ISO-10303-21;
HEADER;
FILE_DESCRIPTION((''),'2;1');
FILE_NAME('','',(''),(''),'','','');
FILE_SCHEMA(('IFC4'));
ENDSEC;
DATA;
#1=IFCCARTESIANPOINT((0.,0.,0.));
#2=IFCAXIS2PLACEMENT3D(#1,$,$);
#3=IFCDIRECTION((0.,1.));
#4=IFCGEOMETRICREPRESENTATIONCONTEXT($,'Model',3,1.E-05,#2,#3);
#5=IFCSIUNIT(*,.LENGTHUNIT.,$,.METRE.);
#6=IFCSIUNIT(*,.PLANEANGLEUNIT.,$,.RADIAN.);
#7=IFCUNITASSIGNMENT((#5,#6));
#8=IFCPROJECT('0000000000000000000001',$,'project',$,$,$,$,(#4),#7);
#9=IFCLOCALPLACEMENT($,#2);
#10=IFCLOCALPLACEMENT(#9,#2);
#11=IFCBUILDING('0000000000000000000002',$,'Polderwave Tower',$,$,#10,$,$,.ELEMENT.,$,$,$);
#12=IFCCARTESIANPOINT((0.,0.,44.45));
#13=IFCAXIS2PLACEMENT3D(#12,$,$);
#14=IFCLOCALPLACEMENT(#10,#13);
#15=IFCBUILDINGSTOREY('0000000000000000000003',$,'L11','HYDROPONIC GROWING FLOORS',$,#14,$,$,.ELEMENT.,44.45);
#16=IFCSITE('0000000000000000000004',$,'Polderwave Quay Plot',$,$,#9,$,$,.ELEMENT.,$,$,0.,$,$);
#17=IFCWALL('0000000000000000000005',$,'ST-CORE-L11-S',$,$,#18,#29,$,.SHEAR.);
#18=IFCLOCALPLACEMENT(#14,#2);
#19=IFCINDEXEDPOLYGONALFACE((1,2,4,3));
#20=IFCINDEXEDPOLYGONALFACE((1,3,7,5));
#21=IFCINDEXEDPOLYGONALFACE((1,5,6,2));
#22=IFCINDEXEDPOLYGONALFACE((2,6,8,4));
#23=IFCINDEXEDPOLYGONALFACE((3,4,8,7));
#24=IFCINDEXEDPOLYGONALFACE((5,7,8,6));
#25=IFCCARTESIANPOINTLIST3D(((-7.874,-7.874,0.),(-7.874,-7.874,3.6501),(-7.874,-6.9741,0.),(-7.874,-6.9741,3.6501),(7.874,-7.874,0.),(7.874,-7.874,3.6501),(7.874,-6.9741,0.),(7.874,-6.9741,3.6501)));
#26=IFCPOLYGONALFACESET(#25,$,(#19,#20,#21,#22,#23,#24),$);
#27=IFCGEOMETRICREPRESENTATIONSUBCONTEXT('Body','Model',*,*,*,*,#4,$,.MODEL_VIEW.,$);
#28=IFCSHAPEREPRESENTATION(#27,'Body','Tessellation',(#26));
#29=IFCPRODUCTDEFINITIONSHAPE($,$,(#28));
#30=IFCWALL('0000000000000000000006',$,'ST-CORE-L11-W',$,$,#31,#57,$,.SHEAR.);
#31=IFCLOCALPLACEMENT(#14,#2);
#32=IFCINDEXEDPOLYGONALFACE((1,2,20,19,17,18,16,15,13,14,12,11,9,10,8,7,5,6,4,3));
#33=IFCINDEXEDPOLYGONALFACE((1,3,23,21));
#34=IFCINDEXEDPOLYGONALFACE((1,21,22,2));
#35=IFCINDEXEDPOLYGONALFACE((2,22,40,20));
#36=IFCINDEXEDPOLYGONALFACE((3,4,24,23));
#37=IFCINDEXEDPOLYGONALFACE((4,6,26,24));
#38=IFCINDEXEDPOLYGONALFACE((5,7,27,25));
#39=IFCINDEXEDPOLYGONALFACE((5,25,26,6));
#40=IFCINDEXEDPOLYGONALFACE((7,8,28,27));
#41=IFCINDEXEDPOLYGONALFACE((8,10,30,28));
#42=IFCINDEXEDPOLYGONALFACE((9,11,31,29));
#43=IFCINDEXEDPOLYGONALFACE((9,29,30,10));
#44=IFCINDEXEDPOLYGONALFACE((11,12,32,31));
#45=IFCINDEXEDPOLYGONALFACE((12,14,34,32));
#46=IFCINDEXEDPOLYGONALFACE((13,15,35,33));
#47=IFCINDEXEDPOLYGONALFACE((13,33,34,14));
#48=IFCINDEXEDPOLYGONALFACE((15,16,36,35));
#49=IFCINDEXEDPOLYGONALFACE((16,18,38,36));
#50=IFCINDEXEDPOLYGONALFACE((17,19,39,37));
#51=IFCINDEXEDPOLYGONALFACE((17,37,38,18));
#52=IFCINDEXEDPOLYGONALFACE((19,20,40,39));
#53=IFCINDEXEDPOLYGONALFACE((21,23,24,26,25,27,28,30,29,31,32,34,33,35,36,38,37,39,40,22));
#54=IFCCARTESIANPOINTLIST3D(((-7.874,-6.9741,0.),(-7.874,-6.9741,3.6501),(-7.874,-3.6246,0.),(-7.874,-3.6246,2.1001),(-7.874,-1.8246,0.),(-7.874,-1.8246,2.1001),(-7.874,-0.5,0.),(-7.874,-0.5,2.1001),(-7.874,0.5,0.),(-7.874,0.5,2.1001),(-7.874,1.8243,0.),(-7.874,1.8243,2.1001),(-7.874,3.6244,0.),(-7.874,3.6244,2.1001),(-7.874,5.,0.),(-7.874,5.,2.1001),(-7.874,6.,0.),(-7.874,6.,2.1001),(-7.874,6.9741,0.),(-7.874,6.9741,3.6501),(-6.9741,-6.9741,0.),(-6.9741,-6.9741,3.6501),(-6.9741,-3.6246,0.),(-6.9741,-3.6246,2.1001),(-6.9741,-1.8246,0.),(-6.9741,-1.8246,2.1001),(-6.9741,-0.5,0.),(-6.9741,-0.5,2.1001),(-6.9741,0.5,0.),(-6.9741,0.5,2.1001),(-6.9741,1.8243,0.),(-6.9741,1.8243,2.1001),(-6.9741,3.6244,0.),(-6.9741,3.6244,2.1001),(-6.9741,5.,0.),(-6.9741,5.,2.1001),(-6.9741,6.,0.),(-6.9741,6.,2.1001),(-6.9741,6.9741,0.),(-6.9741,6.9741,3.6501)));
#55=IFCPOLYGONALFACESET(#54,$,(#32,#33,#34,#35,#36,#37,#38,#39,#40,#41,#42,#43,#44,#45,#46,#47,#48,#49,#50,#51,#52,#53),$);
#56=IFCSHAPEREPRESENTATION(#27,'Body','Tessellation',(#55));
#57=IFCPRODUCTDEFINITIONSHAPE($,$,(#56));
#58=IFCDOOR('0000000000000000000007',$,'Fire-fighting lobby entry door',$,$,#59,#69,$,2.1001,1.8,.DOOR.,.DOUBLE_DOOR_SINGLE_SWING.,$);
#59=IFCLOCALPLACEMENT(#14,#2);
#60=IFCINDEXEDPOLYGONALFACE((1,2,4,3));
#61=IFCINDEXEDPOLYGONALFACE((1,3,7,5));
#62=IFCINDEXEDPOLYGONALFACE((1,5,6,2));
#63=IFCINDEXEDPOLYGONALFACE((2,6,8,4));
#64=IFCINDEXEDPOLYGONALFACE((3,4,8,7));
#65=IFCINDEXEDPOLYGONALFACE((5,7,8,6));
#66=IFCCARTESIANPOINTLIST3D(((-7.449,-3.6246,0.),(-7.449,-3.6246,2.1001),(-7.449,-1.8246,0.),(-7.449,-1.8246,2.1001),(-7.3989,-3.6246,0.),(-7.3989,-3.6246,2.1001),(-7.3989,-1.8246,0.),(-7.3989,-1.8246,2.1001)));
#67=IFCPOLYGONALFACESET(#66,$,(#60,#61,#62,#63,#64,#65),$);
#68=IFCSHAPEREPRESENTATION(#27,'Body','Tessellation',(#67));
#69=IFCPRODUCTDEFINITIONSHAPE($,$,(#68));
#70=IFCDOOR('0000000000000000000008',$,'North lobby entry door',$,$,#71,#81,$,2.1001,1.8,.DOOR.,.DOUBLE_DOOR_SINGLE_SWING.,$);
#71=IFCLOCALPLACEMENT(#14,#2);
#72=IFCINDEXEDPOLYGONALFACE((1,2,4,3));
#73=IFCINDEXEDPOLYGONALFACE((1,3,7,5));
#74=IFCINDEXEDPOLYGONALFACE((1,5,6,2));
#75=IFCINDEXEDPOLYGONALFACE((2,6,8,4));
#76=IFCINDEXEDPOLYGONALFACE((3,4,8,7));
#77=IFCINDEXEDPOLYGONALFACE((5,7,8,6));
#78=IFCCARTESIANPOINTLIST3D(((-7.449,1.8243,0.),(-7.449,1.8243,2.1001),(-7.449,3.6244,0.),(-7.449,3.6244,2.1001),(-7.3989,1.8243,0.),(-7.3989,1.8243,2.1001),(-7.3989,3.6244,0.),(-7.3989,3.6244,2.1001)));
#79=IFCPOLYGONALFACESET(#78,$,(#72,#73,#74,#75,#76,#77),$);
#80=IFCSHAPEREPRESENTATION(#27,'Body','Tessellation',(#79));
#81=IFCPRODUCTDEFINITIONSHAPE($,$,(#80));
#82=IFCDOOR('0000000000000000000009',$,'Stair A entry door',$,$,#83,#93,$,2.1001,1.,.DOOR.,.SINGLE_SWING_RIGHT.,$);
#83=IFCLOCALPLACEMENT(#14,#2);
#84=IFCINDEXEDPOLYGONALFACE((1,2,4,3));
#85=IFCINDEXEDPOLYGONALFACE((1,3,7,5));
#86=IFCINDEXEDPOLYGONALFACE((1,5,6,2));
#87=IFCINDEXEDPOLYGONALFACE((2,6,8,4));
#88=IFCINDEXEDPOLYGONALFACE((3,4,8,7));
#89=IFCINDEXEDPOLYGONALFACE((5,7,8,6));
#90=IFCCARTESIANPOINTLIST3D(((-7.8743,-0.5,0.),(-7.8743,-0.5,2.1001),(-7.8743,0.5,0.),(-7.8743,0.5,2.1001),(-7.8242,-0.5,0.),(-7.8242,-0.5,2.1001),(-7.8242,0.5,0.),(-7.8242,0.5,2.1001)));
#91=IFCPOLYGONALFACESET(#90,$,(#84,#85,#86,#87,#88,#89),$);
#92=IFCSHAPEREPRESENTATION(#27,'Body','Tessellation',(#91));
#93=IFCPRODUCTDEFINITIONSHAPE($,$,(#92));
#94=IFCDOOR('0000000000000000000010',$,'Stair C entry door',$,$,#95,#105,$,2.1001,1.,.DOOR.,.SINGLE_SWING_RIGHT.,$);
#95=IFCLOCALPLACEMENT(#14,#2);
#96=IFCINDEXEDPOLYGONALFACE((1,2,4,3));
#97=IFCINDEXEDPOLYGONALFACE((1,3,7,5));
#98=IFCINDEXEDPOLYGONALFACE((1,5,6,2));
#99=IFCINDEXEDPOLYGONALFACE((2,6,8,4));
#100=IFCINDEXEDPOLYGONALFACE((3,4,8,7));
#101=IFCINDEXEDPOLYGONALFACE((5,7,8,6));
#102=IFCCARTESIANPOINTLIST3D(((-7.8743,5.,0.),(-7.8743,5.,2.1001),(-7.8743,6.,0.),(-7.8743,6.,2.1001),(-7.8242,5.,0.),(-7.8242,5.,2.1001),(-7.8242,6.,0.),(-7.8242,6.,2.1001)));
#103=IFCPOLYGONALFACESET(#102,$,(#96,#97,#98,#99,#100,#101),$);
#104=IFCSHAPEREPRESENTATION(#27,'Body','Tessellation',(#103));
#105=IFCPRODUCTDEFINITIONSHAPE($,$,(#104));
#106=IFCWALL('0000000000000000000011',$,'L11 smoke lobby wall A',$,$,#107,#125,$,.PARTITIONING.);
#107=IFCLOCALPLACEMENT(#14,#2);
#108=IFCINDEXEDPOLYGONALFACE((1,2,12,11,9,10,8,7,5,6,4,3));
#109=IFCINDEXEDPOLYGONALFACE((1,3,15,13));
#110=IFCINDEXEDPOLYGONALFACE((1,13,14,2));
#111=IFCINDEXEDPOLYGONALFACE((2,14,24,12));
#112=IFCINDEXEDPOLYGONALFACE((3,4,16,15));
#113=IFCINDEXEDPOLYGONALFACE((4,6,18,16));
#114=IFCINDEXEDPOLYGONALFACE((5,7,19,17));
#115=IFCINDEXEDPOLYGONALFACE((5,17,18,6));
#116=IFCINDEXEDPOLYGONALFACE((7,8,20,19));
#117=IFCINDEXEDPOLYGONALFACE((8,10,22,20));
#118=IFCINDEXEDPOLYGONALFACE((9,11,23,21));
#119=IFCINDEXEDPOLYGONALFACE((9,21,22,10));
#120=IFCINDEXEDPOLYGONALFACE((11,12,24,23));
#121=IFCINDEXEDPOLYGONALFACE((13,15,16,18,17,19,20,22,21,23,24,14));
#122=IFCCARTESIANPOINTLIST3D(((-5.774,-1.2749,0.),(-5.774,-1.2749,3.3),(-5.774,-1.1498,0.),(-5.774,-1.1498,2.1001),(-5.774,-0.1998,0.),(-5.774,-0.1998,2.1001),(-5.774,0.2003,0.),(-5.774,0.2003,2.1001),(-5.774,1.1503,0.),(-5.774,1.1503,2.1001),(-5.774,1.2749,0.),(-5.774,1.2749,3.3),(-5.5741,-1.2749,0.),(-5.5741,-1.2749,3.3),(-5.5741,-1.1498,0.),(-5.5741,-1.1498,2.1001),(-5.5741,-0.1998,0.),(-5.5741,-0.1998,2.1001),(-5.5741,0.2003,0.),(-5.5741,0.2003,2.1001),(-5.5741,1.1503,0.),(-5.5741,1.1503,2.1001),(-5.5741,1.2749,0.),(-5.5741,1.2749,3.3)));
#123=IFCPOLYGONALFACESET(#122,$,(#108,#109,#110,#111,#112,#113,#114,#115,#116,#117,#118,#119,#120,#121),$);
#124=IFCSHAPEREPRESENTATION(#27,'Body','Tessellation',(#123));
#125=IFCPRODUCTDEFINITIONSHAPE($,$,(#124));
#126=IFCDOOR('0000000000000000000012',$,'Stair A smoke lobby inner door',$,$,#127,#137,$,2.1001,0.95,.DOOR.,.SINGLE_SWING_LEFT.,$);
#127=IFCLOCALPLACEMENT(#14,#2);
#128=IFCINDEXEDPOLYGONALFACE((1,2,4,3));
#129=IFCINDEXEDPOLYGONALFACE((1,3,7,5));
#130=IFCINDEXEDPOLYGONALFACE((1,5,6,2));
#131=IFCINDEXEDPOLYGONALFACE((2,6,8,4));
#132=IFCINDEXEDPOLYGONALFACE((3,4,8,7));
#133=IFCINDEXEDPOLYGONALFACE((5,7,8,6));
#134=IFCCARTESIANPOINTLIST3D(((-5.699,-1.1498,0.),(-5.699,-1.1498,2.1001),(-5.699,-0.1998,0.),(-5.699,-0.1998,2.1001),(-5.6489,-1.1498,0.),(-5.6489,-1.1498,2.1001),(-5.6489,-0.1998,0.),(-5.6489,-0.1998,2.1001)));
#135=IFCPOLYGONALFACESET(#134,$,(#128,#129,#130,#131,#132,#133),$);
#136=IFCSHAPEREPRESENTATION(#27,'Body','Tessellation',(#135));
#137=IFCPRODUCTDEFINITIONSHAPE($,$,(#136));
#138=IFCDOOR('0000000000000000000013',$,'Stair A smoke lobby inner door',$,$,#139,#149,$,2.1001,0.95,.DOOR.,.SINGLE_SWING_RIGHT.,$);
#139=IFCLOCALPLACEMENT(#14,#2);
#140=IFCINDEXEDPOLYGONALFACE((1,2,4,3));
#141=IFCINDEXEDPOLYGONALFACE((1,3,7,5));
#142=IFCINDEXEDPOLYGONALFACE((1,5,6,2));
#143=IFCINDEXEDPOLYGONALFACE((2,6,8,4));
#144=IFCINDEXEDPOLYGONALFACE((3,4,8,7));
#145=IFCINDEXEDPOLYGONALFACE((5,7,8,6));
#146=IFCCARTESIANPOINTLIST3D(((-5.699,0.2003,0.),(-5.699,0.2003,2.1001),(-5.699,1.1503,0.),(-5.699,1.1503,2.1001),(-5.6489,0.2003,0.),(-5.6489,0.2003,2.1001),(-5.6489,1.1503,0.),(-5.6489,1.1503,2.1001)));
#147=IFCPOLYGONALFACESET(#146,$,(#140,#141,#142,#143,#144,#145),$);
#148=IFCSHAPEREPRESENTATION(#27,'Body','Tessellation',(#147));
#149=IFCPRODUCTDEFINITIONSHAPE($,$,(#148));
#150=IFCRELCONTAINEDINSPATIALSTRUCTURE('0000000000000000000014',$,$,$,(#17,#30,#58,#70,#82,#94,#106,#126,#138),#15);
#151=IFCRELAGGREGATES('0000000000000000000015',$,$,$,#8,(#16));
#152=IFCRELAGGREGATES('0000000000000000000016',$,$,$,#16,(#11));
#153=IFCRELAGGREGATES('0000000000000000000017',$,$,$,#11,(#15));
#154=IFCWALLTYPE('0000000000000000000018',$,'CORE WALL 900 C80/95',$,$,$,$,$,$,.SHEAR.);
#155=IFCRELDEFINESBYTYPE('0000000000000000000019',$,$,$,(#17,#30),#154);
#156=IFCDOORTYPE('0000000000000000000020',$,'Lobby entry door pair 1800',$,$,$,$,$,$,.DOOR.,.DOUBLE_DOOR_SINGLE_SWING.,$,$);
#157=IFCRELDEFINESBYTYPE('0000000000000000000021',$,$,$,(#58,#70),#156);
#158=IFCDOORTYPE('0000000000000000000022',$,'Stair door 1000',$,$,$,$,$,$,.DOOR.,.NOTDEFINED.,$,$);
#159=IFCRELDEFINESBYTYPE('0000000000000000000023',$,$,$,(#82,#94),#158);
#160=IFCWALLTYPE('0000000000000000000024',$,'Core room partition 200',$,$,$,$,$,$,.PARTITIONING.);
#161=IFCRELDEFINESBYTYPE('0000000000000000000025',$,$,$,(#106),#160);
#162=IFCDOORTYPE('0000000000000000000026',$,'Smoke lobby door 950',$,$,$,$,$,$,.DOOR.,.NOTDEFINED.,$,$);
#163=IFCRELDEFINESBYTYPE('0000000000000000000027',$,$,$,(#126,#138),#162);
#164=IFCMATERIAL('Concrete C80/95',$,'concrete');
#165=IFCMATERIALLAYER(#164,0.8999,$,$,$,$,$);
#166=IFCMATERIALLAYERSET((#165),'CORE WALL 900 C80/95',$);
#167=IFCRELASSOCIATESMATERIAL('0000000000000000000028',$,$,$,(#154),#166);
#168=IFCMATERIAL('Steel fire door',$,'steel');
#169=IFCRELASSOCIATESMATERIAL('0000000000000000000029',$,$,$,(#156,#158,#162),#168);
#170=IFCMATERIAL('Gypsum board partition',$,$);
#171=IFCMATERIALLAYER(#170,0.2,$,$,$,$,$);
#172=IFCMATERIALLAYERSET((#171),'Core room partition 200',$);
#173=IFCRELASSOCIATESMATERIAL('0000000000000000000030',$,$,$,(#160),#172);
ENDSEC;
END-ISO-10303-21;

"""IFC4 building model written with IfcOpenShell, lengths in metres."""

from ifc_helpers import new_model, si_unit, direction, frame, frame_2d, origin, place, context, subcontext, project, spatial, rectangle, extrude, material, layer, layer_set, type_object, element, fill, save


model = new_model("IFC4")

# Units and contexts
model_context = context("Model", 3, precision=1e-05, world=origin(), true_north=direction((0.0, 1.0)))
body_context = subcontext(model_context, "Body", "Model", "MODEL_VIEW")
ifc_project = project(units=[si_unit("LENGTHUNIT", "METRE"), si_unit("PLANEANGLEUNIT", "RADIAN")], contexts=[model_context])

# Site, building, storey
site_placement = place(None, origin())
site = spatial("IfcSite", under=ifc_project, at=site_placement, Name="Polderwave Quay Plot", CompositionType="ELEMENT", RefElevation=0.0)
building_placement = place(site_placement, origin())
building = spatial("IfcBuilding", under=site, at=building_placement, Name="Polderwave Tower", CompositionType="ELEMENT")
storey_placement = place(building_placement, frame((0.0, 0.0, 44.45)))
storey = spatial("IfcBuildingStorey", under=building, at=storey_placement, Name="L11", Description="HYDROPONIC GROWING FLOORS", CompositionType="ELEMENT", Elevation=44.45)

# Wall
ifc_material_1 = material(Name="Concrete C80/95", Category="concrete")
ifc_layer_1 = layer(ifc_material_1, 0.8999)
ifc_layer_set_1 = layer_set([ifc_layer_1], Name="CORE WALL 900 C80/95")
wall_type_1 = type_object("IfcWallType", Name="CORE WALL 900 C80/95", PredefinedType="SHEAR", material=ifc_layer_set_1)
wall_1_placement = place(storey_placement, frame((-7.874, -7.4241, 0.0), z_axis=(0.0, 0.0, 1.0), x_axis=(1.0, 0.0, 0.0)))
element("IfcWall", 1, at=wall_1_placement, inside=storey, type_object=wall_type_1, Name="ST-CORE-L11-S", PredefinedType="SHEAR", context=body_context, shape_type="SweptSolid", body=[
    extrude(rectangle(XDim=15.748, YDim=0.8999, at=frame_2d((7.874, 0.0))), origin(), (0.0, 0.0, 1.0), 3.6501),
])

# Walls, openings, doors
wall_2_placement = place(storey_placement, frame((-7.4241, -6.9741, 0.0), z_axis=(0.0, 0.0, 1.0), x_axis=(0.0, 1.0, 0.0)))
wall_2 = element("IfcWall", 2, at=wall_2_placement, inside=storey, type_object=wall_type_1, Name="ST-CORE-L11-W", PredefinedType="SHEAR", context=body_context, shape_type="SweptSolid", body=[
    extrude(rectangle(XDim=13.9482, YDim=0.8999, at=frame_2d((6.9741, 0.0))), origin(), (0.0, 0.0, 1.0), 3.6501),
])
opening_1_placement = place(wall_2_placement, frame((6.4741, 0.0, 0.0)))
opening_1 = element("IfcOpeningElement", 3, at=opening_1_placement, cuts=wall_2, PredefinedType="OPENING", context=body_context, shape_type="SweptSolid", body=[
    extrude(rectangle(XDim=1.0, YDim=2.1001, at=frame_2d((0.5, 1.05))), frame((0.0, 0.46, 0.0), z_axis=(0.0, -1.0, 0.0), x_axis=(1.0, 0.0, 0.0)), (0.0, 0.0, 1.0), 0.9199),
])
opening_2_placement = place(wall_2_placement, frame((3.3496, 0.0, 0.0)))
opening_2 = element("IfcOpeningElement", 4, at=opening_2_placement, cuts=wall_2, PredefinedType="OPENING", context=body_context, shape_type="SweptSolid", body=[
    extrude(rectangle(XDim=1.8, YDim=2.1001, at=frame_2d((0.8999, 1.05))), frame((0.0, 0.46, 0.0), z_axis=(0.0, -1.0, 0.0), x_axis=(1.0, 0.0, 0.0)), (0.0, 0.0, 1.0), 0.9199),
])
opening_3_placement = place(wall_2_placement, frame((8.7986, 0.0, 0.0)))
opening_3 = element("IfcOpeningElement", 5, at=opening_3_placement, cuts=wall_2, PredefinedType="OPENING", context=body_context, shape_type="SweptSolid", body=[
    extrude(rectangle(XDim=1.8, YDim=2.1001, at=frame_2d((0.8999, 1.05))), frame((0.0, 0.46, 0.0), z_axis=(0.0, -1.0, 0.0), x_axis=(1.0, 0.0, 0.0)), (0.0, 0.0, 1.0), 0.9199),
])
opening_4_placement = place(wall_2_placement, frame((11.9741, 0.0, 0.0)))
opening_4 = element("IfcOpeningElement", 6, at=opening_4_placement, cuts=wall_2, PredefinedType="OPENING", context=body_context, shape_type="SweptSolid", body=[
    extrude(rectangle(XDim=1.0, YDim=2.1001, at=frame_2d((0.5, 1.05))), frame((0.0, 0.46, 0.0), z_axis=(0.0, -1.0, 0.0), x_axis=(1.0, 0.0, 0.0)), (0.0, 0.0, 1.0), 0.9199),
])
ifc_material_2 = material(Name="Steel fire door", Category="steel")
door_type_1 = type_object("IfcDoorType", Name="Lobby entry door pair 1800", OperationType="DOUBLE_DOOR_SINGLE_SWING", PredefinedType="DOOR", material=ifc_material_2)
door_1_placement = place(opening_2_placement, origin())
door_1 = element("IfcDoor", 7, at=door_1_placement, inside=storey, type_object=door_type_1, Name="Fire-fighting lobby entry door", OperationType="DOUBLE_DOOR_SINGLE_SWING", OverallHeight=2.1001, OverallWidth=1.8, PredefinedType="DOOR", context=body_context, shape_type="SweptSolid", body=[
    extrude(rectangle(XDim=1.8, YDim=2.1001, at=frame_2d((0.8999, 1.05))), frame((0.0, 0.0249, 0.0), z_axis=(0.0, -1.0, 0.0), x_axis=(1.0, 0.0, 0.0)), (0.0, 0.0, 1.0), 0.05),
])
fill(opening_2, door_1)
door_2_placement = place(opening_3_placement, origin())
door_2 = element("IfcDoor", 8, at=door_2_placement, inside=storey, type_object=door_type_1, Name="North lobby entry door", OperationType="DOUBLE_DOOR_SINGLE_SWING", OverallHeight=2.1001, OverallWidth=1.8, PredefinedType="DOOR", context=body_context, shape_type="SweptSolid", body=[
    extrude(rectangle(XDim=1.8, YDim=2.1001, at=frame_2d((0.8999, 1.05))), frame((0.0, 0.0249, 0.0), z_axis=(0.0, -1.0, 0.0), x_axis=(1.0, 0.0, 0.0)), (0.0, 0.0, 1.0), 0.05),
])
fill(opening_3, door_2)
door_type_2 = type_object("IfcDoorType", Name="Stair door 1000", OperationType="NOTDEFINED", PredefinedType="DOOR", material=ifc_material_2)
door_3_placement = place(opening_1_placement, origin())
door_3 = element("IfcDoor", 9, at=door_3_placement, inside=storey, type_object=door_type_2, Name="Stair A entry door", OperationType="SINGLE_SWING_RIGHT", OverallHeight=2.1001, OverallWidth=1.0, PredefinedType="DOOR", context=body_context, shape_type="SweptSolid", body=[
    extrude(rectangle(XDim=1.0, YDim=2.1001, at=frame_2d((0.5, 1.05))), frame((0.0, 0.4502, 0.0), z_axis=(0.0, -1.0, 0.0), x_axis=(1.0, 0.0, 0.0)), (0.0, 0.0, 1.0), 0.05),
])
fill(opening_1, door_3)
door_4_placement = place(opening_4_placement, origin())
door_4 = element("IfcDoor", 10, at=door_4_placement, inside=storey, type_object=door_type_2, Name="Stair C entry door", OperationType="SINGLE_SWING_RIGHT", OverallHeight=2.1001, OverallWidth=1.0, PredefinedType="DOOR", context=body_context, shape_type="SweptSolid", body=[
    extrude(rectangle(XDim=1.0, YDim=2.1001, at=frame_2d((0.5, 1.05))), frame((0.0, 0.4502, 0.0), z_axis=(0.0, -1.0, 0.0), x_axis=(1.0, 0.0, 0.0)), (0.0, 0.0, 1.0), 0.05),
])
fill(opening_4, door_4)
ifc_material_3 = material(Name="Gypsum board partition")
ifc_layer_2 = layer(ifc_material_3, 0.2)
ifc_layer_set_2 = layer_set([ifc_layer_2], Name="Core room partition 200")
wall_type_2 = type_object("IfcWallType", Name="Core room partition 200", PredefinedType="PARTITIONING", material=ifc_layer_set_2)
wall_3_placement = place(storey_placement, frame((-5.6741, -1.2749, 0.0), z_axis=(0.0, 0.0, 1.0), x_axis=(0.0, 1.0, 0.0)))
wall_3 = element("IfcWall", 11, at=wall_3_placement, inside=storey, type_object=wall_type_2, Name="L11 smoke lobby wall A", PredefinedType="PARTITIONING", context=body_context, shape_type="SweptSolid", body=[
    extrude(rectangle(XDim=2.5498, YDim=0.2, at=frame_2d((1.2749, 0.0))), origin(), (0.0, 0.0, 1.0), 3.3),
])
opening_5_placement = place(wall_3_placement, frame((0.125, 0.0, 0.0)))
opening_5 = element("IfcOpeningElement", 12, at=opening_5_placement, cuts=wall_3, PredefinedType="OPENING", context=body_context, shape_type="SweptSolid", body=[
    extrude(rectangle(XDim=0.95, YDim=2.1001, at=frame_2d((0.4751, 1.05))), frame((0.0, 0.1099, 0.0), z_axis=(0.0, -1.0, 0.0), x_axis=(1.0, 0.0, 0.0)), (0.0, 0.0, 1.0), 0.22),
])
opening_6_placement = place(wall_3_placement, frame((1.4751, 0.0, 0.0)))
opening_6 = element("IfcOpeningElement", 13, at=opening_6_placement, cuts=wall_3, PredefinedType="OPENING", context=body_context, shape_type="SweptSolid", body=[
    extrude(rectangle(XDim=0.95, YDim=2.1001, at=frame_2d((0.4751, 1.05))), frame((0.0, 0.1099, 0.0), z_axis=(0.0, -1.0, 0.0), x_axis=(1.0, 0.0, 0.0)), (0.0, 0.0, 1.0), 0.22),
])
door_type_3 = type_object("IfcDoorType", Name="Smoke lobby door 950", OperationType="NOTDEFINED", PredefinedType="DOOR", material=ifc_material_2)
door_5_placement = place(opening_5_placement, origin())
door_5 = element("IfcDoor", 14, at=door_5_placement, inside=storey, type_object=door_type_3, Name="Stair A smoke lobby inner door", OperationType="SINGLE_SWING_LEFT", OverallHeight=2.1001, OverallWidth=0.95, PredefinedType="DOOR", context=body_context, shape_type="SweptSolid", body=[
    extrude(rectangle(XDim=0.95, YDim=2.1001, at=frame_2d((0.4751, 1.05))), frame((0.0, 0.0249, 0.0), z_axis=(0.0, -1.0, 0.0), x_axis=(1.0, 0.0, 0.0)), (0.0, 0.0, 1.0), 0.05),
])
fill(opening_5, door_5)
door_6_placement = place(opening_6_placement, origin())
door_6 = element("IfcDoor", 15, at=door_6_placement, inside=storey, type_object=door_type_3, Name="Stair A smoke lobby inner door", OperationType="SINGLE_SWING_RIGHT", OverallHeight=2.1001, OverallWidth=0.95, PredefinedType="DOOR", context=body_context, shape_type="SweptSolid", body=[
    extrude(rectangle(XDim=0.95, YDim=2.1001, at=frame_2d((0.4751, 1.05))), frame((0.0, 0.0249, 0.0), z_axis=(0.0, -1.0, 0.0), x_axis=(1.0, 0.0, 0.0)), (0.0, 0.0, 1.0), 0.05),
])
fill(opening_6, door_6)

save(model, "model.ifc")
